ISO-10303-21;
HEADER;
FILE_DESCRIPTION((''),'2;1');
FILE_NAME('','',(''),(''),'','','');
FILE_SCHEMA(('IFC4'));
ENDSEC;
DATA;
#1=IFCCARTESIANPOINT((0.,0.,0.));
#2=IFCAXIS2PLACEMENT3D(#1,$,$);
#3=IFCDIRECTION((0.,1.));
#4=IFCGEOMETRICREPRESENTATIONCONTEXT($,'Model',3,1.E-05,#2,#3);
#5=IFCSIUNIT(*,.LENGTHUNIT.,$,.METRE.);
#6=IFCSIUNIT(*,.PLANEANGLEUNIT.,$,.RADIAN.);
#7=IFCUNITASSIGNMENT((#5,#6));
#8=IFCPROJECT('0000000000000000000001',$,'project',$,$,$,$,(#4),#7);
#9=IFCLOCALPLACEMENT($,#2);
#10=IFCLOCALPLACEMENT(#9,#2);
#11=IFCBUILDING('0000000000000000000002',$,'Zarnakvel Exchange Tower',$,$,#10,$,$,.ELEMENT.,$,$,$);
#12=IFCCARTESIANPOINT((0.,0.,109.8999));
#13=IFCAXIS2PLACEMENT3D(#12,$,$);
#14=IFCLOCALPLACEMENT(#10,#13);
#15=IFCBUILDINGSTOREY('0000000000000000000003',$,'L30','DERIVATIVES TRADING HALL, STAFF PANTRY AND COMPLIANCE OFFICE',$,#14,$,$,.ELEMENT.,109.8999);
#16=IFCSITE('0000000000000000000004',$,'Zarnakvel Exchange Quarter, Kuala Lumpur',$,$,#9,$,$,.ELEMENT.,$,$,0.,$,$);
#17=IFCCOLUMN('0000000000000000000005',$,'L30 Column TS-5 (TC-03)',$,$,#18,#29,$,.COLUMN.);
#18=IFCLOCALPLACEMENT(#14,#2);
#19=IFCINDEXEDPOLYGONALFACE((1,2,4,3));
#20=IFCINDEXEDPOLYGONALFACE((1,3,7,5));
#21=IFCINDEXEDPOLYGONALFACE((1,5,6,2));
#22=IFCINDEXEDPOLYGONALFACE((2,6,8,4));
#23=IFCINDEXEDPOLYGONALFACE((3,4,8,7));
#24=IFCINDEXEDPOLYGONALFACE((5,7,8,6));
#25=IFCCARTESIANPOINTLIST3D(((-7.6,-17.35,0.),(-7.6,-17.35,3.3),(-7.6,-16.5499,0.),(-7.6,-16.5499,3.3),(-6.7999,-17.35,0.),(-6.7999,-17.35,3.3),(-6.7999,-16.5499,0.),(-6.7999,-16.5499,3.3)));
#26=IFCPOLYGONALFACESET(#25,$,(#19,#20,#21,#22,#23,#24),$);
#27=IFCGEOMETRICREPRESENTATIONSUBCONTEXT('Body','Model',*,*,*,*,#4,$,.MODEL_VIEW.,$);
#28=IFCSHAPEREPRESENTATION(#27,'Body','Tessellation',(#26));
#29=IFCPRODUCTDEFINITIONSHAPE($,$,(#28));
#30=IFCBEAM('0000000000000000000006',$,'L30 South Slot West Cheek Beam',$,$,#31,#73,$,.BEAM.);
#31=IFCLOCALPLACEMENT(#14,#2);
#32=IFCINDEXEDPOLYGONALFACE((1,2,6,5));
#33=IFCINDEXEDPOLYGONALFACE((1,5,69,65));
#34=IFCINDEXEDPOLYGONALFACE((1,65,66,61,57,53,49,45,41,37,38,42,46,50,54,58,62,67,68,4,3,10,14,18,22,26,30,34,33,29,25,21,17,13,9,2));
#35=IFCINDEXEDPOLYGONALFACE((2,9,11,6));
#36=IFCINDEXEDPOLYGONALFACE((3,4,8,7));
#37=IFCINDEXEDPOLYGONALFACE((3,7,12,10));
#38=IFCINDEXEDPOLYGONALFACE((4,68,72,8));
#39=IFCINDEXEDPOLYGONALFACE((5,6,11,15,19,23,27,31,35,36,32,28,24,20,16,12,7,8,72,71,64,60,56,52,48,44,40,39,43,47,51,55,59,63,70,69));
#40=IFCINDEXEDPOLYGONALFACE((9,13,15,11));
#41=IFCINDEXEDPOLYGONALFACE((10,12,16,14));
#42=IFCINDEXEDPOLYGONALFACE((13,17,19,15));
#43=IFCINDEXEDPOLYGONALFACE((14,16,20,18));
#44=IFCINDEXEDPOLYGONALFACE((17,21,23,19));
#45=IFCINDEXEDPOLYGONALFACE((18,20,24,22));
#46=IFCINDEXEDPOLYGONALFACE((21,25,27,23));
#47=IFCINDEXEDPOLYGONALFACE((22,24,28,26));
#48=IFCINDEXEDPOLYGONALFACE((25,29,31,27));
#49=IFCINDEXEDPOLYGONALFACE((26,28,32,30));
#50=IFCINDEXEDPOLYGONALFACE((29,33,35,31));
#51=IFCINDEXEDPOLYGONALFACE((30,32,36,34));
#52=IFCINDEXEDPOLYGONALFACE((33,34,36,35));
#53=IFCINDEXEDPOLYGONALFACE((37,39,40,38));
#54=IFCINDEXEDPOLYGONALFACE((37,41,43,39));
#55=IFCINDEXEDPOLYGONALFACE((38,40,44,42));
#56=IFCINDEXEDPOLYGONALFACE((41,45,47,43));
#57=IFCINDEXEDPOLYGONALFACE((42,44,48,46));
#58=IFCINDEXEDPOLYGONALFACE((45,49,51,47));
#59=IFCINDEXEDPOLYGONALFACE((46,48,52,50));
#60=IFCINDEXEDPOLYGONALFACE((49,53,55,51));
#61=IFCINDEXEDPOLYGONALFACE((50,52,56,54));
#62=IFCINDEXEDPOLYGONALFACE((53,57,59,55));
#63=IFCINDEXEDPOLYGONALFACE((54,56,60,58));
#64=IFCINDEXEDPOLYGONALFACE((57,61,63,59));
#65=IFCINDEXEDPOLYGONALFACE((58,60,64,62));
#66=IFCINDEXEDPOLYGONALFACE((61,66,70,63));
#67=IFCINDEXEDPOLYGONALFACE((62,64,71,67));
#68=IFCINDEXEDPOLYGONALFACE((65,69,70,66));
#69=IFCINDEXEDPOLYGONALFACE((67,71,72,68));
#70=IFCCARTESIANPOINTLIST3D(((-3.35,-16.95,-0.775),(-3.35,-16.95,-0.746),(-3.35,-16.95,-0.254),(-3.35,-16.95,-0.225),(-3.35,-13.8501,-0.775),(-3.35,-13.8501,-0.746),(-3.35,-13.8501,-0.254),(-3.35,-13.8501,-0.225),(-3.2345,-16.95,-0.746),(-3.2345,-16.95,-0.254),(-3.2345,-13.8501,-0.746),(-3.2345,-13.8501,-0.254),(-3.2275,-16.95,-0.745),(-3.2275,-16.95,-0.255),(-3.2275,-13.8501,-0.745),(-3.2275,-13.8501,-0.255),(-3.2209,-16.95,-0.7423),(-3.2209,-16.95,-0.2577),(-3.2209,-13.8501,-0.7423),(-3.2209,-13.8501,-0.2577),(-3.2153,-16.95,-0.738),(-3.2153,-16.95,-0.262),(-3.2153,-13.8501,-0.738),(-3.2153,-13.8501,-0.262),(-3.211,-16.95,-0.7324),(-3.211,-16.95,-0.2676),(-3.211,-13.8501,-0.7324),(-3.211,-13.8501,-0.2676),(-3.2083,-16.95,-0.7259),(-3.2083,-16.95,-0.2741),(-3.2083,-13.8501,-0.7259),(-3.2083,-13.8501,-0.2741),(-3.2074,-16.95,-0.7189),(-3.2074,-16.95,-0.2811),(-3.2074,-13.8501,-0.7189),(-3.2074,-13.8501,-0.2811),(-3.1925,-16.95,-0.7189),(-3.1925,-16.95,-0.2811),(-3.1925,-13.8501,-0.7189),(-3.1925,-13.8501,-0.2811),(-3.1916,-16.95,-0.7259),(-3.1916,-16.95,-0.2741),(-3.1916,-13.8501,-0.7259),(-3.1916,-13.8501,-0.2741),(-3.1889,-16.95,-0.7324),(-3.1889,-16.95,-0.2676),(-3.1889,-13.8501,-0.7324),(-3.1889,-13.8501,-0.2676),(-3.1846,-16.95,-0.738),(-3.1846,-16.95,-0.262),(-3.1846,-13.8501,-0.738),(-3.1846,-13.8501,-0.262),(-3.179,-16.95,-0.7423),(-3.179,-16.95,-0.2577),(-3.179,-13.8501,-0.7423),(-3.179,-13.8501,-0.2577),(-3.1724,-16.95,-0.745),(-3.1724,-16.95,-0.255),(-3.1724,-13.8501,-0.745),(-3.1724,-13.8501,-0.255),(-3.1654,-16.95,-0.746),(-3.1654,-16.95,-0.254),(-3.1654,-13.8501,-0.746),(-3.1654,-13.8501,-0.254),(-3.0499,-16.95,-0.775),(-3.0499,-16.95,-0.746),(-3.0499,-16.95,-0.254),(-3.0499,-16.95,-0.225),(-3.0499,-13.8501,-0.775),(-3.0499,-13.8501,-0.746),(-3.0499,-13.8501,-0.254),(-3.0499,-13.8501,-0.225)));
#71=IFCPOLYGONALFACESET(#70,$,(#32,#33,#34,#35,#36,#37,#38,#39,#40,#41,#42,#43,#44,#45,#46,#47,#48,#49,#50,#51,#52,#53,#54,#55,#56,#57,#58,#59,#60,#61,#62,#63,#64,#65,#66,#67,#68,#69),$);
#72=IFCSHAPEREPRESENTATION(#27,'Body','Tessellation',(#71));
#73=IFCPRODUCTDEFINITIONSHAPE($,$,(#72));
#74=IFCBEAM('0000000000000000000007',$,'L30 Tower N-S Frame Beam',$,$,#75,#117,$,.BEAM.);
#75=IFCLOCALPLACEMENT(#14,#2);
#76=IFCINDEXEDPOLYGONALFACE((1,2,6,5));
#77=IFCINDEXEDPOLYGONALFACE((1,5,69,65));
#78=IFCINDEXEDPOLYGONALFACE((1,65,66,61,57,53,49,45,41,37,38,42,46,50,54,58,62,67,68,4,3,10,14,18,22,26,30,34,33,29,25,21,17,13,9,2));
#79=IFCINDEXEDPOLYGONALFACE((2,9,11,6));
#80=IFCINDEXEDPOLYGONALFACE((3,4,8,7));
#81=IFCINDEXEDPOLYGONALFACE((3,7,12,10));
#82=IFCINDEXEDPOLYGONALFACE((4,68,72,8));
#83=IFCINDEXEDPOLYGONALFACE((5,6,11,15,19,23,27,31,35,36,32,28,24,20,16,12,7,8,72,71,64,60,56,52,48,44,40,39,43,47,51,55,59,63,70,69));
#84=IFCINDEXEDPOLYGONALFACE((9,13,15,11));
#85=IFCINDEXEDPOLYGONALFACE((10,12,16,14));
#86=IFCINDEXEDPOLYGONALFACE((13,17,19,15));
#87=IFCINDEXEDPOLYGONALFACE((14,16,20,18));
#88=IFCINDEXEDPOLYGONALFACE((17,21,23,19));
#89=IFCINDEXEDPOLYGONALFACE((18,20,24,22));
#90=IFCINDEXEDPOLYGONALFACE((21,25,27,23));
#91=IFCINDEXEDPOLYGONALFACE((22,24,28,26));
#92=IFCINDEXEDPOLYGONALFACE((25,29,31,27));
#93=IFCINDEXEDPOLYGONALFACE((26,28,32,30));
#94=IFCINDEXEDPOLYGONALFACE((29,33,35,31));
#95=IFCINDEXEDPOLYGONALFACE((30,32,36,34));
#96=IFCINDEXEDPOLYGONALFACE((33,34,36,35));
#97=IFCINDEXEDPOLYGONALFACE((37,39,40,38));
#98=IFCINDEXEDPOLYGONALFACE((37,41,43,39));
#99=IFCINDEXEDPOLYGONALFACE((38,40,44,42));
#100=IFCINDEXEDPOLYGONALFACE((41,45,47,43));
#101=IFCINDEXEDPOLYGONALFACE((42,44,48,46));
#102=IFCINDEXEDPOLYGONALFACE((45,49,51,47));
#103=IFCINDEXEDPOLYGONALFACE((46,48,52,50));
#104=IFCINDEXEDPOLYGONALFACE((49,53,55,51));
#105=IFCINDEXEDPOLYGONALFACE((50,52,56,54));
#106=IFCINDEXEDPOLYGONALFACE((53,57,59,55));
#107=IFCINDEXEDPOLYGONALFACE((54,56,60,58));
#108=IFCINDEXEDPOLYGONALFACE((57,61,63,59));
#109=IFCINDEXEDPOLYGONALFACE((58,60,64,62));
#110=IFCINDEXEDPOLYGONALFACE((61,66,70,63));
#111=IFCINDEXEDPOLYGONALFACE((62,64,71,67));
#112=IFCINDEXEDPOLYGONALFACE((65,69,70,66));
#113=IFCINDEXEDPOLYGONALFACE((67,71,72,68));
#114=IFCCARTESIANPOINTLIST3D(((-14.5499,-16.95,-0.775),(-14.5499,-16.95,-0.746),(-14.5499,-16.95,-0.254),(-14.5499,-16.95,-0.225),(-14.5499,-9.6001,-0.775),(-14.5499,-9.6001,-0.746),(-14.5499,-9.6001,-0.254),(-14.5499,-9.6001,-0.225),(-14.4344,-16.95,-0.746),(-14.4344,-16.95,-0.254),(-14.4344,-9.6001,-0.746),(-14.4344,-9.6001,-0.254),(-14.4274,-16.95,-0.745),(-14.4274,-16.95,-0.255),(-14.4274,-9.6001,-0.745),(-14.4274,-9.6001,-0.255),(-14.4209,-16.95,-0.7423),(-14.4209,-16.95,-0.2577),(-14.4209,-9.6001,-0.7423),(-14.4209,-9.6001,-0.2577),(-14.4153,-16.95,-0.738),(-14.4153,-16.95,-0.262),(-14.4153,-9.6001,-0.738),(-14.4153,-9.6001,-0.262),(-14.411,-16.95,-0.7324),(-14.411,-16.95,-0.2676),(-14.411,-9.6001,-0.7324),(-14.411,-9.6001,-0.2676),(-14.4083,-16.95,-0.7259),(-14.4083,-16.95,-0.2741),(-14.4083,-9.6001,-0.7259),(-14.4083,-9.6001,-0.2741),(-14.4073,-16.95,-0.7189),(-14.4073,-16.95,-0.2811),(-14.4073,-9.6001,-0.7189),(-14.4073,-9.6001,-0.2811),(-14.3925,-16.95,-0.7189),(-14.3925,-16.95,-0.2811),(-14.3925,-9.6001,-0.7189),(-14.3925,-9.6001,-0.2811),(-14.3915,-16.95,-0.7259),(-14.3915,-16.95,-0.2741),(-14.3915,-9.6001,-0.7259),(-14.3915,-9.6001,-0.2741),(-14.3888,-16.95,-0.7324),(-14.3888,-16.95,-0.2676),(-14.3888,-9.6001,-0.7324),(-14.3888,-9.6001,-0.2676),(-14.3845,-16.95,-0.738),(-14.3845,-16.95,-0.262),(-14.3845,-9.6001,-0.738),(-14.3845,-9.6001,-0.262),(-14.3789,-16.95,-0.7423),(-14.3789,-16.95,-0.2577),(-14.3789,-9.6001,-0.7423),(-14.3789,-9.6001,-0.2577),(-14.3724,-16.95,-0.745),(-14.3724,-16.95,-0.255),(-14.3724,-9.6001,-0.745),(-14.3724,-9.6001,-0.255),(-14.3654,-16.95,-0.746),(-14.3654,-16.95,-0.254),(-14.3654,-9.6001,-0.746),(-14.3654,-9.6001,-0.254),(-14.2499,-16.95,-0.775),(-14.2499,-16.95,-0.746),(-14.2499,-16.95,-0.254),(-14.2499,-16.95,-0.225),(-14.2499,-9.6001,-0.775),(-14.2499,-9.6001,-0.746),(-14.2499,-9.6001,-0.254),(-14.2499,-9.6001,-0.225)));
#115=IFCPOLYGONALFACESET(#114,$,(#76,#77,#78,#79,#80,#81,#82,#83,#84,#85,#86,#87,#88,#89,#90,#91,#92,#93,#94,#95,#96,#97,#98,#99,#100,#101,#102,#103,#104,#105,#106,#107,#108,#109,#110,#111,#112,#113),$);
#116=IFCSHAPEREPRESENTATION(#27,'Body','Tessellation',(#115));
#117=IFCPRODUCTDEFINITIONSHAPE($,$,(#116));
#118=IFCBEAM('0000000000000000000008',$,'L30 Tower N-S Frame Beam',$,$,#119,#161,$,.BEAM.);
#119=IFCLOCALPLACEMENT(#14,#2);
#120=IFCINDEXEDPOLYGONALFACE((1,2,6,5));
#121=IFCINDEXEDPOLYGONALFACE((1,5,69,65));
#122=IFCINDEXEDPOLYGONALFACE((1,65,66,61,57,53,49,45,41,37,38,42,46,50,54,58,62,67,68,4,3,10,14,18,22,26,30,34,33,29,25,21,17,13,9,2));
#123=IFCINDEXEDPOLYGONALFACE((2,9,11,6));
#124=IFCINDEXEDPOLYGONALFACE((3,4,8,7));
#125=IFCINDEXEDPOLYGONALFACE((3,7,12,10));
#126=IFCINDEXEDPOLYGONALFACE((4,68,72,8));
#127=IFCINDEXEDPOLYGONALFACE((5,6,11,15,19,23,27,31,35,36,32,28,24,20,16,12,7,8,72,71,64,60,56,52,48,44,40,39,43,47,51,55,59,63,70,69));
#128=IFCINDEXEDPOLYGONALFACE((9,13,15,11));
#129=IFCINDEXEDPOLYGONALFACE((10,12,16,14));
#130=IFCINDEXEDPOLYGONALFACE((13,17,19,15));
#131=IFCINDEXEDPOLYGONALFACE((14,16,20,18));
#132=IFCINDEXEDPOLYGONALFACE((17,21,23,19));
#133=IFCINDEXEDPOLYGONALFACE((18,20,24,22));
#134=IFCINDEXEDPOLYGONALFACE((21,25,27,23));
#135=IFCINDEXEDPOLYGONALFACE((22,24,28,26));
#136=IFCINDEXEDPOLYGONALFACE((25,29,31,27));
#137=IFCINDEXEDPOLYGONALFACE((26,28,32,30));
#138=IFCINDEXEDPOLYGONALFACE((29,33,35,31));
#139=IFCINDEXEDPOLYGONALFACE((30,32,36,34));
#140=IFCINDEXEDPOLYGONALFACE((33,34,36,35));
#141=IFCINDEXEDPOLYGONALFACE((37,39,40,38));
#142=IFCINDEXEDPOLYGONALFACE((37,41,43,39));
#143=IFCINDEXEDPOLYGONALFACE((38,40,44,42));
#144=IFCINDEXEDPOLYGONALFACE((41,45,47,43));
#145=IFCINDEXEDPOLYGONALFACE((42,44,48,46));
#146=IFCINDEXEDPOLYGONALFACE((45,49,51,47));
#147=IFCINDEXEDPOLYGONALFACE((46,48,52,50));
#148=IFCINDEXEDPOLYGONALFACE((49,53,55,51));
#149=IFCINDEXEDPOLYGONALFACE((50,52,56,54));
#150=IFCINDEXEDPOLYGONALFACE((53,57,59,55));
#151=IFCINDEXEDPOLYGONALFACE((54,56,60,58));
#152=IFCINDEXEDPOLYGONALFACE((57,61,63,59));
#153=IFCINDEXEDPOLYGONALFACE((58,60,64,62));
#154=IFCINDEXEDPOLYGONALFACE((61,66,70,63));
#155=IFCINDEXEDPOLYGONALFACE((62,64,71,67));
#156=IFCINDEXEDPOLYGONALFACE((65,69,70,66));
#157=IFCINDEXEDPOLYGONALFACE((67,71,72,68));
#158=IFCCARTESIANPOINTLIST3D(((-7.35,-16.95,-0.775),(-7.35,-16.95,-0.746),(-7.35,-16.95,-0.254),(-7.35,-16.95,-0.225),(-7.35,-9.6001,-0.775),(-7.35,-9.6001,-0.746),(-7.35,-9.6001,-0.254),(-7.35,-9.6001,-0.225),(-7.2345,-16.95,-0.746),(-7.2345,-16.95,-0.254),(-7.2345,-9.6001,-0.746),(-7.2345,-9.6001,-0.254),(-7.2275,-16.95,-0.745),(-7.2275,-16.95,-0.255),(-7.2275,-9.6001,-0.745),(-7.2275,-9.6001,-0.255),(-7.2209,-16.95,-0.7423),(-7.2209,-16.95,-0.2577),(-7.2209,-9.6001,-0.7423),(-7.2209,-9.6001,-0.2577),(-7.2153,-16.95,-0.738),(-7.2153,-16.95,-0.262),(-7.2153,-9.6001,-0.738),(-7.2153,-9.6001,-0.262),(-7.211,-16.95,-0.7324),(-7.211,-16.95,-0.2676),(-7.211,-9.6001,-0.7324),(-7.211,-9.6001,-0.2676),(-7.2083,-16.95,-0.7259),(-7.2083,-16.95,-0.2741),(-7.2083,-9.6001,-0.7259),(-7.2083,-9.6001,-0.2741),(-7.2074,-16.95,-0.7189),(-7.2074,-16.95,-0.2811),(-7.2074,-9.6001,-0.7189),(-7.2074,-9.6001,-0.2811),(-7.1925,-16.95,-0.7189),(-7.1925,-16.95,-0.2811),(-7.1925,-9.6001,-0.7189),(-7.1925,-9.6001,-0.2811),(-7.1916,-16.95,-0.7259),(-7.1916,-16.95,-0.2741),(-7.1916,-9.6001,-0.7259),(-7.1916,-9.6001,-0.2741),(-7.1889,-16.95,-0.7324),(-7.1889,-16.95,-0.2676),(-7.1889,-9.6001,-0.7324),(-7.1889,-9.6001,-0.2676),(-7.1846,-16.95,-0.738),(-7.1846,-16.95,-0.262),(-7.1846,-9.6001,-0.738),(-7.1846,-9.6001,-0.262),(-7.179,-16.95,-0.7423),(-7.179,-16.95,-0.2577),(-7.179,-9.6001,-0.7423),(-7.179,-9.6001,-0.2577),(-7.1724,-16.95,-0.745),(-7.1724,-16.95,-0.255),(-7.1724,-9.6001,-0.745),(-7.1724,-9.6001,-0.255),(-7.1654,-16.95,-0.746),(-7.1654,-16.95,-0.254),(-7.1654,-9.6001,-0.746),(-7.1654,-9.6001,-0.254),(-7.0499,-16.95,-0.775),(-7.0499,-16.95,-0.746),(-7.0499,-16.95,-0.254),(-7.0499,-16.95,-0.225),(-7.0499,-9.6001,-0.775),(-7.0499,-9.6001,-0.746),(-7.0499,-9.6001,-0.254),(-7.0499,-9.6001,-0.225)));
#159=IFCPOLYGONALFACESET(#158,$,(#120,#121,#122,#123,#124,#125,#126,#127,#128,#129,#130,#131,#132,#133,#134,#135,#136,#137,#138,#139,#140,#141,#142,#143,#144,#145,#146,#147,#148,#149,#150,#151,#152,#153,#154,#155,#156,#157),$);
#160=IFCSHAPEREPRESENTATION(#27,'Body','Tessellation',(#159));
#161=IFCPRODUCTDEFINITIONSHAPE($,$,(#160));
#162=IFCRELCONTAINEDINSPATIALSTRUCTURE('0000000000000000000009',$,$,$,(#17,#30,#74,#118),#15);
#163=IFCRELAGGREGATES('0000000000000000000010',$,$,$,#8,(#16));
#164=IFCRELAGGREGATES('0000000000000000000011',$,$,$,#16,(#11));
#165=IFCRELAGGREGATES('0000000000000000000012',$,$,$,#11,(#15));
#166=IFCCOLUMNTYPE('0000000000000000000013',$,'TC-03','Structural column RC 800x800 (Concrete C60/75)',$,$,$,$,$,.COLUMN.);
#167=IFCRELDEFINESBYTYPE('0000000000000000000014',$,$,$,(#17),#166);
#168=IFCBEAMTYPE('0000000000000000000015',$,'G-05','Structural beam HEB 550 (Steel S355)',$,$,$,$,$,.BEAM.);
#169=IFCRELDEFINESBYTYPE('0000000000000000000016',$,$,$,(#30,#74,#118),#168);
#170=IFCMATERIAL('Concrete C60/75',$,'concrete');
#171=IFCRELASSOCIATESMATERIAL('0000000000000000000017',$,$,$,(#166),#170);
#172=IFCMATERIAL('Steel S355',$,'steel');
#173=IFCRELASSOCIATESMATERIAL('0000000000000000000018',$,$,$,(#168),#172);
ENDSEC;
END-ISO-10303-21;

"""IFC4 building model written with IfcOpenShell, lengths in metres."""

from ifc_helpers import new_model, si_unit, direction, frame, origin, origin_2d, place, context, subcontext, project, spatial, rectangle, i_section, extrude, material, material_profile, profile_set, type_object, element, save


model = new_model("IFC4")

# Units and contexts
model_context = context("Model", 3, precision=1e-05, world=origin(), true_north=direction((0.0, 1.0)))
body_context = subcontext(model_context, "Body", "Model", "MODEL_VIEW")
ifc_project = project(units=[si_unit("LENGTHUNIT", "METRE"), si_unit("PLANEANGLEUNIT", "RADIAN")], contexts=[model_context])

# Site, building, storey
site_placement = place(None, origin())
site = spatial("IfcSite", under=ifc_project, at=site_placement, Name="Zarnakvel Exchange Quarter, Kuala Lumpur", CompositionType="ELEMENT", RefElevation=0.0)
building_placement = place(site_placement, origin())
building = spatial("IfcBuilding", under=site, at=building_placement, Name="Zarnakvel Exchange Tower", CompositionType="ELEMENT")
storey_placement = place(building_placement, frame((0.0, 0.0, 109.8999)))
storey = spatial("IfcBuildingStorey", under=building, at=storey_placement, Name="L30", Description="DERIVATIVES TRADING HALL, STAFF PANTRY AND COMPLIANCE OFFICE", CompositionType="ELEMENT", Elevation=109.8999)

# Column
ifc_material_1 = material(Name="Concrete C60/75", Category="concrete")
ifc_material_profile_1 = material_profile(ifc_material_1, rectangle(XDim=0.8, YDim=0.8, at=origin_2d()))
ifc_profile_set_1 = profile_set([ifc_material_profile_1], Name="Concrete C60/75")
column_type = type_object("IfcColumnType", Name="TC-03", Description="Structural column RC 800x800 (Concrete C60/75)", PredefinedType="COLUMN", material=ifc_profile_set_1)
column_placement = place(storey_placement, frame((-7.2, -16.95, 0.0), z_axis=(0.0, 0.0, 1.0), x_axis=(1.0, 0.0, 0.0)))
element("IfcColumn", 1, at=column_placement, inside=storey, type_object=column_type, Name="L30 Column TS-5 (TC-03)", PredefinedType="COLUMN", context=body_context, shape_type="SweptSolid", body=[
    extrude(rectangle(XDim=0.8, YDim=0.8, at=origin_2d()), origin(), (0.0, 0.0, 1.0), 3.3),
])

# Beams
ifc_material_2 = material(Name="Steel S355", Category="steel")
ifc_material_profile_2 = material_profile(ifc_material_2, i_section(OverallWidth=0.3, OverallDepth=0.55, WebThickness=0.0149, FlangeThickness=0.0291, FilletRadius=0.0271, at=origin_2d()))
ifc_profile_set_2 = profile_set([ifc_material_profile_2], Name="Steel S355")
beam_type_1 = type_object("IfcBeamType", Name="G-05", Description="Structural beam HEB 550 (Steel S355)", PredefinedType="BEAM", material=ifc_profile_set_2)
beam_1_placement = place(storey_placement, frame((-3.2, -16.95, -0.5), z_axis=(0.0, 1.0, 0.0), x_axis=(-1.0, 0.0, 0.0)))
element("IfcBeam", 2, at=beam_1_placement, inside=storey, type_object=beam_type_1, Name="L30 South Slot West Cheek Beam", PredefinedType="BEAM", context=body_context, shape_type="SweptSolid", body=[
    extrude(i_section(OverallWidth=0.3, OverallDepth=0.55, WebThickness=0.0149, FlangeThickness=0.0291, FilletRadius=0.0271, at=origin_2d()), origin(), (0.0, 0.0, 1.0), 3.0999),
])
for number, where, z_axis, x_axis, name in (
    (3, (-14.3999, -16.95, -0.5), (0.0, 1.0, 0.0), (-1.0, 0.0, 0.0), "L30 Tower N-S Frame Beam"),
    (4, (-7.2, -16.95, -0.5), (0.0, 1.0, 0.0), (-1.0, 0.0, 0.0), "L30 Tower N-S Frame Beam"),
):
    element("IfcBeam", number, at=place(storey_placement, frame(where, z_axis=z_axis, x_axis=x_axis)), inside=storey, type_object=beam_type_1, Name=name, PredefinedType="BEAM", context=body_context, shape_type="SweptSolid", body=[
        extrude(i_section(OverallWidth=0.3, OverallDepth=0.55, WebThickness=0.0149, FlangeThickness=0.0291, FilletRadius=0.0271, at=origin_2d()), origin(), (0.0, 0.0, 1.0), 7.3499),
    ])

save(model, "model.ifc")
